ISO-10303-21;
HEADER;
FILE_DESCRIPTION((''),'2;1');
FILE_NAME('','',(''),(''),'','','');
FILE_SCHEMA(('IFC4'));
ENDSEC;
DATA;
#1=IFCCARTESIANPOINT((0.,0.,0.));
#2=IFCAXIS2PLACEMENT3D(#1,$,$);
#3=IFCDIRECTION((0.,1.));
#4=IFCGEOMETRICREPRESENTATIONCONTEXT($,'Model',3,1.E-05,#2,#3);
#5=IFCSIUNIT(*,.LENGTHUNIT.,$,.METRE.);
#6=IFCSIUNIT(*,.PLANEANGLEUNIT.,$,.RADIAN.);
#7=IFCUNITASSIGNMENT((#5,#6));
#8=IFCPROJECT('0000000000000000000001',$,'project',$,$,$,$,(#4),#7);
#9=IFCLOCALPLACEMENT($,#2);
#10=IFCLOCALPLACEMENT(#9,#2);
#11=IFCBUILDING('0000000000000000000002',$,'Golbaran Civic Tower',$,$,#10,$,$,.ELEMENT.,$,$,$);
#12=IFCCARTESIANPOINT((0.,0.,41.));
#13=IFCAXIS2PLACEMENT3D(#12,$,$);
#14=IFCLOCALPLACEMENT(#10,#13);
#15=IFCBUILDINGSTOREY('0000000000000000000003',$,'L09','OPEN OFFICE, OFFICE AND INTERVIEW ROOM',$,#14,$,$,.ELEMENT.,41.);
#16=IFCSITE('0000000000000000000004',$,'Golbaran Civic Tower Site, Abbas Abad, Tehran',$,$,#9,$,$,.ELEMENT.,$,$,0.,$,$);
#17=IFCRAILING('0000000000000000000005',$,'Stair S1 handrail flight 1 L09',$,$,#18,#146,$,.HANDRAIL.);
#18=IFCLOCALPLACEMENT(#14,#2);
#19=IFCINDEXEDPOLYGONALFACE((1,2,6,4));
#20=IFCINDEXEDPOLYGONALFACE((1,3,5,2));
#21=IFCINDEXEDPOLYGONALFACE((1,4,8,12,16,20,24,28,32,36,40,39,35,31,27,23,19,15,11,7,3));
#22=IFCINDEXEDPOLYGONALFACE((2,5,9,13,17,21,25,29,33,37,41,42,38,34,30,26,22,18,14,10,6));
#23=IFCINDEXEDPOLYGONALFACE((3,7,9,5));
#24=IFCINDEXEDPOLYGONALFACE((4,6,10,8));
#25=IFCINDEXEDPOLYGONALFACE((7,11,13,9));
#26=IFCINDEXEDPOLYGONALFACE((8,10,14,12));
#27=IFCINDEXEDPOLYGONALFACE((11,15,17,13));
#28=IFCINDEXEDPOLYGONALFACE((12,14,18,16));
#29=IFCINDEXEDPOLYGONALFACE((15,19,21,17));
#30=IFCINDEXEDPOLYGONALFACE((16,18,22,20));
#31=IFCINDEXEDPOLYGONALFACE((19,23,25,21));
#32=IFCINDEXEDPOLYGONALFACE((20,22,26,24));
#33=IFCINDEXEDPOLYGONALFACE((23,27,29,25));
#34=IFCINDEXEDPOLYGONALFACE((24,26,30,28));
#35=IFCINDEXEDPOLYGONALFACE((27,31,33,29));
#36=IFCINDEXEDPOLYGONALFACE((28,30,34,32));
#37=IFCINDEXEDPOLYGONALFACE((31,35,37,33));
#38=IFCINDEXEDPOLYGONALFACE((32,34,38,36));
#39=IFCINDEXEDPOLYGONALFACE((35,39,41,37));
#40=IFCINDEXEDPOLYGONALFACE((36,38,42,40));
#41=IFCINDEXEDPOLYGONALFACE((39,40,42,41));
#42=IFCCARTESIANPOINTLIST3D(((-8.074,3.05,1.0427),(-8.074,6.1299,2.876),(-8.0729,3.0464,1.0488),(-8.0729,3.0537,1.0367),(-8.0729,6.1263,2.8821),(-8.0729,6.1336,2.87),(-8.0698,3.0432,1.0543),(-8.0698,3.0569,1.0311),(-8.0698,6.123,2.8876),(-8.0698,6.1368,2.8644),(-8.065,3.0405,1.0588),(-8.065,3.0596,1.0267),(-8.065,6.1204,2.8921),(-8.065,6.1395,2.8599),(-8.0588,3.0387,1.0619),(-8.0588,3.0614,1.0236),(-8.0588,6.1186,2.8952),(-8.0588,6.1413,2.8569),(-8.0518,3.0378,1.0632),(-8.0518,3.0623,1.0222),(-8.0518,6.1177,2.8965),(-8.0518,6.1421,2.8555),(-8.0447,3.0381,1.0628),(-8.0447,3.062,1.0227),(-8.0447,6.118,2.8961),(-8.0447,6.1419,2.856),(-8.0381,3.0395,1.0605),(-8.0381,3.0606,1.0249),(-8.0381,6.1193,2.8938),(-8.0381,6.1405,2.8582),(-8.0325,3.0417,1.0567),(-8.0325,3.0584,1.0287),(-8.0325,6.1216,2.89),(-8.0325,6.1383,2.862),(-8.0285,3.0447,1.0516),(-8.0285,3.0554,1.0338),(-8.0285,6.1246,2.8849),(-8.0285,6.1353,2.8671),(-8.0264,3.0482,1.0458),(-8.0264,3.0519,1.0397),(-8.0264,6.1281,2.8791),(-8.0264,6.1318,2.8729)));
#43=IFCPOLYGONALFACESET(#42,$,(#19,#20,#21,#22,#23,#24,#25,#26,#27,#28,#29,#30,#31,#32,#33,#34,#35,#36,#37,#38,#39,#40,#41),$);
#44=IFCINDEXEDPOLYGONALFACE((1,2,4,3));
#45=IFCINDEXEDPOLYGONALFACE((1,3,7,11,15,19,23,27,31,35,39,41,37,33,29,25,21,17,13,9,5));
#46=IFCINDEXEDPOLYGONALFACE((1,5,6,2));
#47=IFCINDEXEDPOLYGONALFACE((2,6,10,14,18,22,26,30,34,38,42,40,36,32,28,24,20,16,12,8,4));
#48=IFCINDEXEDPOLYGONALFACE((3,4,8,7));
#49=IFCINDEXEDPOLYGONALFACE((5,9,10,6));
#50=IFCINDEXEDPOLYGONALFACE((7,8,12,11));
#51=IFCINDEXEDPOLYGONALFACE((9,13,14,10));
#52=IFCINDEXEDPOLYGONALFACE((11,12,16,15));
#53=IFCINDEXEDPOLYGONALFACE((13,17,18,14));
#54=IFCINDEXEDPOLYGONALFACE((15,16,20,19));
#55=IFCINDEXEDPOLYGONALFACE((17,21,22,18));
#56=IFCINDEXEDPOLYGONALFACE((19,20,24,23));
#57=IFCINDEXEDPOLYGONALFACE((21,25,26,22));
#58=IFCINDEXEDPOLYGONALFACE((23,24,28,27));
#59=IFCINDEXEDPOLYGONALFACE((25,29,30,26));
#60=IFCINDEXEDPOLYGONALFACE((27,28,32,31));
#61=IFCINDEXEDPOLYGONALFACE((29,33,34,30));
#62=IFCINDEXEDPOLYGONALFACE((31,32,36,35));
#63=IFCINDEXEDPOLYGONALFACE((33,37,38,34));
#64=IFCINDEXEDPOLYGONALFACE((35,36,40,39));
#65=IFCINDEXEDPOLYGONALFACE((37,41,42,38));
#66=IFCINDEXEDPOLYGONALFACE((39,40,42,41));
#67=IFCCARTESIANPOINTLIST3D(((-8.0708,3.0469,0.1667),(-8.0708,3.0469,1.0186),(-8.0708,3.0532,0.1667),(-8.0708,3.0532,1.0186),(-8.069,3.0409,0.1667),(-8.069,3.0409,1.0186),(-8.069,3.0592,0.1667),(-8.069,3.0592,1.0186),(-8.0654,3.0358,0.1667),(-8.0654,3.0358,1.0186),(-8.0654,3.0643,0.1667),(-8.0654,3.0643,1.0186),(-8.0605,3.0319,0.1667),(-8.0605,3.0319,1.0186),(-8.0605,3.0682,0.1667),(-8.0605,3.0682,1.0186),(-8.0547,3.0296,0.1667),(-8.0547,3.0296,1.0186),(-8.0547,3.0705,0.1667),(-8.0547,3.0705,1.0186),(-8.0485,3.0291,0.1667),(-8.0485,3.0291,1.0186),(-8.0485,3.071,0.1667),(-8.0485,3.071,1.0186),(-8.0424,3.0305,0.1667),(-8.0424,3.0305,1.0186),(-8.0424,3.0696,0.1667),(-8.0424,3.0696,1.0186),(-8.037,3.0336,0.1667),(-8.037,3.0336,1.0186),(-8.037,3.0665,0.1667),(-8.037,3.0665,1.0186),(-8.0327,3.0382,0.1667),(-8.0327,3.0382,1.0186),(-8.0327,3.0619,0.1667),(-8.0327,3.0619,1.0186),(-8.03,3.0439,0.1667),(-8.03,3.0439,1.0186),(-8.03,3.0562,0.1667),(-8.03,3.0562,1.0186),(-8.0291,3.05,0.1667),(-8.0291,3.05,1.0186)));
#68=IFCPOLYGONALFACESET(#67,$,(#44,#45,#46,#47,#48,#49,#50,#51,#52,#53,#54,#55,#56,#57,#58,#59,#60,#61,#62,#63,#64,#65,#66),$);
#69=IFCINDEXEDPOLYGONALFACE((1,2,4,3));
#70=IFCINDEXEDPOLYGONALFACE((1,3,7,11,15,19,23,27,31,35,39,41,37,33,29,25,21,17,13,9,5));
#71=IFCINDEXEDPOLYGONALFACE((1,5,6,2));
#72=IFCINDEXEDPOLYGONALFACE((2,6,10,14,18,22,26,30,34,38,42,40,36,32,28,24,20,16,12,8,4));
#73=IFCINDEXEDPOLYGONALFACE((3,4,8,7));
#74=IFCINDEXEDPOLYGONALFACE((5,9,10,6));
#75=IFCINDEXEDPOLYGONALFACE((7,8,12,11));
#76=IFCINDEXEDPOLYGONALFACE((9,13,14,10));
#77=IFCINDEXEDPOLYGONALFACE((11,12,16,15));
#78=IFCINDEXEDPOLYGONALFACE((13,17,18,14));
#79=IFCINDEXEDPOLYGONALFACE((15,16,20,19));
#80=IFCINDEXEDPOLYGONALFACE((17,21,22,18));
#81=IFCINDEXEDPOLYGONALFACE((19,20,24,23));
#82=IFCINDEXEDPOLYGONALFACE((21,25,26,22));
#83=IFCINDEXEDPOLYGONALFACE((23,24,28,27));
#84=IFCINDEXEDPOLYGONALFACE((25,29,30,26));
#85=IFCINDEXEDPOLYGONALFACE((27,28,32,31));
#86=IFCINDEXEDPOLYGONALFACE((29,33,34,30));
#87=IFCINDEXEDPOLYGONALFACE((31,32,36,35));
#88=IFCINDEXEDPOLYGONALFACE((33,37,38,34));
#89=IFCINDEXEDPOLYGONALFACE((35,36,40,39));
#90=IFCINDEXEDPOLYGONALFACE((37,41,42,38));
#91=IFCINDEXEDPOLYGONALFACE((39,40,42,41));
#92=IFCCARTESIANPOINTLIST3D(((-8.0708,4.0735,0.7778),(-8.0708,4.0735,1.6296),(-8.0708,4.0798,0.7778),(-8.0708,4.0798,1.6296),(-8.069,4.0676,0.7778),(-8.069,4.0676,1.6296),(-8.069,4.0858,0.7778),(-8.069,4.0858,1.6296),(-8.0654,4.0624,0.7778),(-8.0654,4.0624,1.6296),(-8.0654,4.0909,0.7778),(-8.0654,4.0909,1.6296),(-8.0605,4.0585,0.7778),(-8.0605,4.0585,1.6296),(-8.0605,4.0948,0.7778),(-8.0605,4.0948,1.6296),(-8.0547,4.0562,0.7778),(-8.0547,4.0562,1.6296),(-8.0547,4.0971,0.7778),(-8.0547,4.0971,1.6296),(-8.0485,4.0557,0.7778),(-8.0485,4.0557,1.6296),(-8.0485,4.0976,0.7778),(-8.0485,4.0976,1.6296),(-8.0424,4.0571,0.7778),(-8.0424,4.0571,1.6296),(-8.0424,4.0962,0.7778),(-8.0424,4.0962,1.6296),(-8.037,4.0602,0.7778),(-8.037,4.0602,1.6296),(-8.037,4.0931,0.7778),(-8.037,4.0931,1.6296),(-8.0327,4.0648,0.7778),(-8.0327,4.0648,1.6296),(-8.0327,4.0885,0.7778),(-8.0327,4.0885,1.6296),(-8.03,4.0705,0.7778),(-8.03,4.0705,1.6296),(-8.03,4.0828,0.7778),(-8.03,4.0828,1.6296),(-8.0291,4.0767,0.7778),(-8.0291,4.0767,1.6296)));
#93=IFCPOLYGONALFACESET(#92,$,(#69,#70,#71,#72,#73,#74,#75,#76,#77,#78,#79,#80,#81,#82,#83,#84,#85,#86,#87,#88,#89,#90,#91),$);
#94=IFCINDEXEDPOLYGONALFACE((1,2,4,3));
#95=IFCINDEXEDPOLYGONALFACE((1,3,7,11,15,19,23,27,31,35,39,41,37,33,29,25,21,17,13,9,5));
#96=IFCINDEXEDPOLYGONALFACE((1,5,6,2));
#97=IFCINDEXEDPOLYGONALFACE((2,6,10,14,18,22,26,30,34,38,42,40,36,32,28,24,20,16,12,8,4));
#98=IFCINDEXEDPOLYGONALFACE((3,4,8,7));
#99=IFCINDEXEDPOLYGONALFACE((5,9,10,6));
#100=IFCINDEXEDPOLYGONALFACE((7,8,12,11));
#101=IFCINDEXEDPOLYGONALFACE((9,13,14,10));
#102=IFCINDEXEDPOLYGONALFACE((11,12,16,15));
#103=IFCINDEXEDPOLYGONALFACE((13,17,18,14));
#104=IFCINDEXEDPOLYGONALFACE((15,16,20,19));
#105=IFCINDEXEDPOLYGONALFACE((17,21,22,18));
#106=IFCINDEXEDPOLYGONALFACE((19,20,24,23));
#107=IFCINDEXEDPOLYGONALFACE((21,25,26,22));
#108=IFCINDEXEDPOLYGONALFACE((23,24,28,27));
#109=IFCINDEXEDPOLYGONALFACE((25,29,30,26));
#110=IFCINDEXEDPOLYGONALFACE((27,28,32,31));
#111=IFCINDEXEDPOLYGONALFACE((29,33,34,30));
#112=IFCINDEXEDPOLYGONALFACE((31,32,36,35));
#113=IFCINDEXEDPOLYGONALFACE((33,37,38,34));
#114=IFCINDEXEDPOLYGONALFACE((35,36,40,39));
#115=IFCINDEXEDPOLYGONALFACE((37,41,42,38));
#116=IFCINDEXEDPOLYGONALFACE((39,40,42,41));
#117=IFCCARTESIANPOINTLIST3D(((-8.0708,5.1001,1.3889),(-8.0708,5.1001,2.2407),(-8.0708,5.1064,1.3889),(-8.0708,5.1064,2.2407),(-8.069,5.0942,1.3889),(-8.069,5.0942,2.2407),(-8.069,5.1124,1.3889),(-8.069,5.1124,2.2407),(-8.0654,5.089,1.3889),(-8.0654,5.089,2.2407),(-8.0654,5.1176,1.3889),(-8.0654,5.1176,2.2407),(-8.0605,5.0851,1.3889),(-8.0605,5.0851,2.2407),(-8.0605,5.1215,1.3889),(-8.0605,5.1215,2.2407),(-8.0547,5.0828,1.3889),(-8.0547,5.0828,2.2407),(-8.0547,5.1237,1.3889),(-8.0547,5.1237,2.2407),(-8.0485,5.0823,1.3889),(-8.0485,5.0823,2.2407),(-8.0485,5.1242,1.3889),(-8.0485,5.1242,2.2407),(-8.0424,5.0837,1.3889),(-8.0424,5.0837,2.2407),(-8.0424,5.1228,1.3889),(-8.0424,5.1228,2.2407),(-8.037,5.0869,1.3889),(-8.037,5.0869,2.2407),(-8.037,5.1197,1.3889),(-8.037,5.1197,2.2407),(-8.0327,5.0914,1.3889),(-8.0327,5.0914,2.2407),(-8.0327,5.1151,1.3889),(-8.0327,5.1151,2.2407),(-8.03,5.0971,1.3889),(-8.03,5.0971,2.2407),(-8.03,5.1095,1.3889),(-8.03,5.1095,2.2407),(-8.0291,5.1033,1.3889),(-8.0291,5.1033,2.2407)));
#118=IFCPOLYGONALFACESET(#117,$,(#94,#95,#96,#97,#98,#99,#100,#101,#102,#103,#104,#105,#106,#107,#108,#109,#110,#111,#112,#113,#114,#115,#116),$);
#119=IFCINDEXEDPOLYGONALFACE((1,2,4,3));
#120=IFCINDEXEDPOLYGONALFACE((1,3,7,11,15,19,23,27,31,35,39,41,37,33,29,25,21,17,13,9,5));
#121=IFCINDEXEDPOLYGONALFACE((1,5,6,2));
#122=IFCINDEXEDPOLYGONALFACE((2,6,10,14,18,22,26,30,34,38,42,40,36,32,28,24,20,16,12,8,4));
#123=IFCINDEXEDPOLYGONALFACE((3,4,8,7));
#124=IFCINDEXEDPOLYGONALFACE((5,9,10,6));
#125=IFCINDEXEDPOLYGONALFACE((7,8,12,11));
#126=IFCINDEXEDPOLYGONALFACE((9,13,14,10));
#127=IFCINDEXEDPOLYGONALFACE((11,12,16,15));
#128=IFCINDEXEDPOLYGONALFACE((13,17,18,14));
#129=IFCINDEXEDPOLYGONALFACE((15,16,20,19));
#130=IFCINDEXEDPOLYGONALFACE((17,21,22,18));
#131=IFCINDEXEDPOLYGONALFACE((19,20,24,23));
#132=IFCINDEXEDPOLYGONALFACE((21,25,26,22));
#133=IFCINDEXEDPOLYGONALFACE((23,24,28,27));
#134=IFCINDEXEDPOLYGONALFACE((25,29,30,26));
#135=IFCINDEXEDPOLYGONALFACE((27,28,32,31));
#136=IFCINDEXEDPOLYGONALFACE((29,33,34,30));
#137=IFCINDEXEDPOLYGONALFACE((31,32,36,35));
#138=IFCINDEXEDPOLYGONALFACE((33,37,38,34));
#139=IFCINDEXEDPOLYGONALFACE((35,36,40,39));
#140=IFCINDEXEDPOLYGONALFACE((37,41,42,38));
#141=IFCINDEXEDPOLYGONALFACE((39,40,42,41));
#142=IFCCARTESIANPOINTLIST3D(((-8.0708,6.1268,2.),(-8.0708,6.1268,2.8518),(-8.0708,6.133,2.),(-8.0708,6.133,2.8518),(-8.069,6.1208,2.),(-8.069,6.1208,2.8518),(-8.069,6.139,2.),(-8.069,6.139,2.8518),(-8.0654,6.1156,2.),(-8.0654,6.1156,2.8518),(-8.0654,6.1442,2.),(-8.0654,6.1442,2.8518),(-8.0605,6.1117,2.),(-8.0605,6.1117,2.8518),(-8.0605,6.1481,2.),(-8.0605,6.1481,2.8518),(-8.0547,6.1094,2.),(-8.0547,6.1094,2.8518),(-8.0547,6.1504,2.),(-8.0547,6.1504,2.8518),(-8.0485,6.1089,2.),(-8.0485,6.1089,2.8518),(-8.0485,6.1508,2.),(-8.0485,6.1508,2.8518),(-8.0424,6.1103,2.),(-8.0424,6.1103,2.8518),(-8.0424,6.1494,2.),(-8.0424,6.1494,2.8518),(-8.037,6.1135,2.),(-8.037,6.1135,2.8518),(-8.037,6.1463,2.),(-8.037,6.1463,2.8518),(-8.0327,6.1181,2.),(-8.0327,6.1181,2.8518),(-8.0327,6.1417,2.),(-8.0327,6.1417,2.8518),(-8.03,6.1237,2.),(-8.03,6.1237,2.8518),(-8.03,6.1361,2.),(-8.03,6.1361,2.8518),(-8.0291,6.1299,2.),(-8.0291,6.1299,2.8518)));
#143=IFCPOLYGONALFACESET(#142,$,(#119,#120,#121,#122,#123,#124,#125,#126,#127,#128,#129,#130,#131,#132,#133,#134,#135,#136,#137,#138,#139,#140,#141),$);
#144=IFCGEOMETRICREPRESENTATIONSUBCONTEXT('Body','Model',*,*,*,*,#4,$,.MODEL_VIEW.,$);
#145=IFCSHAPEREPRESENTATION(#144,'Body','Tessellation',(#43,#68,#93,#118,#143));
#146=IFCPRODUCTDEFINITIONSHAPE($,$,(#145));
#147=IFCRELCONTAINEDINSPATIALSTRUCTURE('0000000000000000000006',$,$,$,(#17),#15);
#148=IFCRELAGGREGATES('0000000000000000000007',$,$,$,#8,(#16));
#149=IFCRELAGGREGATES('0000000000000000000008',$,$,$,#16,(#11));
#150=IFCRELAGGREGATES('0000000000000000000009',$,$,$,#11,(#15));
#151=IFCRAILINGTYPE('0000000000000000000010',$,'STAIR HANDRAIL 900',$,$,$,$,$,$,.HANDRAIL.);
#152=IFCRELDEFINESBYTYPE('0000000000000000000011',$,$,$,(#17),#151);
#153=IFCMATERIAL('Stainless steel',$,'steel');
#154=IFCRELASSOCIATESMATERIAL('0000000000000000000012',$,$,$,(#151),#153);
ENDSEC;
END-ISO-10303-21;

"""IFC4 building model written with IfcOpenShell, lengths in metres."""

from ifc_helpers import new_model, si_unit, direction, frame, origin, origin_2d, place, context, subcontext, project, spatial, circle, extrude, material, type_object, element, save


model = new_model("IFC4")

# Units and contexts
model_context = context("Model", 3, precision=1e-05, world=origin(), true_north=direction((0.0, 1.0)))
body_context = subcontext(model_context, "Body", "Model", "MODEL_VIEW")
ifc_project = project(units=[si_unit("LENGTHUNIT", "METRE"), si_unit("PLANEANGLEUNIT", "RADIAN")], contexts=[model_context])

# Site, building, storey
site_placement = place(None, origin())
site = spatial("IfcSite", under=ifc_project, at=site_placement, Name="Golbaran Civic Tower Site, Abbas Abad, Tehran", CompositionType="ELEMENT", RefElevation=0.0)
building_placement = place(site_placement, origin())
building = spatial("IfcBuilding", under=site, at=building_placement, Name="Golbaran Civic Tower", CompositionType="ELEMENT")
storey_placement = place(building_placement, frame((0.0, 0.0, 41.0)))
storey = spatial("IfcBuildingStorey", under=building, at=storey_placement, Name="L09", Description="OPEN OFFICE, OFFICE AND INTERVIEW ROOM", CompositionType="ELEMENT", Elevation=41.0)

# Shared definitions
ifc_material_1 = material(Name="Stainless steel", Category="steel")

# Railing
railing_type = type_object("IfcRailingType", Name="STAIR HANDRAIL 900", PredefinedType="HANDRAIL", material=ifc_material_1)
railing_1_placement = place(storey_placement, frame((-8.05, 3.05, 0.1667)))
element("IfcRailing", 1, at=railing_1_placement, inside=storey, type_object=railing_type, Name="Stair S1 handrail flight 1 L09", PredefinedType="HANDRAIL", context=body_context, shape_type="SweptSolid", body=[
    extrude(circle(Radius=0.0239, at=origin_2d()), frame((0.0, 0.0, 0.876), z_axis=(0.0, 0.859291, 0.511487), x_axis=(-1.0, 0.0, 0.0)), (0.0, 0.0, 1.0), 3.5842),
    extrude(circle(Radius=0.021, at=origin_2d()), origin(), (0.0, 0.0, 1.0), 0.8518),
    extrude(circle(Radius=0.021, at=origin_2d()), frame((0.0, 1.0266, 0.6111)), (0.0, 0.0, 1.0), 0.8518),
    extrude(circle(Radius=0.021, at=origin_2d()), frame((0.0, 2.0532, 1.2222)), (0.0, 0.0, 1.0), 0.8518),
    extrude(circle(Radius=0.021, at=origin_2d()), frame((0.0, 3.0798, 1.8333)), (0.0, 0.0, 1.0), 0.8518),
])

save(model, "model.ifc")
